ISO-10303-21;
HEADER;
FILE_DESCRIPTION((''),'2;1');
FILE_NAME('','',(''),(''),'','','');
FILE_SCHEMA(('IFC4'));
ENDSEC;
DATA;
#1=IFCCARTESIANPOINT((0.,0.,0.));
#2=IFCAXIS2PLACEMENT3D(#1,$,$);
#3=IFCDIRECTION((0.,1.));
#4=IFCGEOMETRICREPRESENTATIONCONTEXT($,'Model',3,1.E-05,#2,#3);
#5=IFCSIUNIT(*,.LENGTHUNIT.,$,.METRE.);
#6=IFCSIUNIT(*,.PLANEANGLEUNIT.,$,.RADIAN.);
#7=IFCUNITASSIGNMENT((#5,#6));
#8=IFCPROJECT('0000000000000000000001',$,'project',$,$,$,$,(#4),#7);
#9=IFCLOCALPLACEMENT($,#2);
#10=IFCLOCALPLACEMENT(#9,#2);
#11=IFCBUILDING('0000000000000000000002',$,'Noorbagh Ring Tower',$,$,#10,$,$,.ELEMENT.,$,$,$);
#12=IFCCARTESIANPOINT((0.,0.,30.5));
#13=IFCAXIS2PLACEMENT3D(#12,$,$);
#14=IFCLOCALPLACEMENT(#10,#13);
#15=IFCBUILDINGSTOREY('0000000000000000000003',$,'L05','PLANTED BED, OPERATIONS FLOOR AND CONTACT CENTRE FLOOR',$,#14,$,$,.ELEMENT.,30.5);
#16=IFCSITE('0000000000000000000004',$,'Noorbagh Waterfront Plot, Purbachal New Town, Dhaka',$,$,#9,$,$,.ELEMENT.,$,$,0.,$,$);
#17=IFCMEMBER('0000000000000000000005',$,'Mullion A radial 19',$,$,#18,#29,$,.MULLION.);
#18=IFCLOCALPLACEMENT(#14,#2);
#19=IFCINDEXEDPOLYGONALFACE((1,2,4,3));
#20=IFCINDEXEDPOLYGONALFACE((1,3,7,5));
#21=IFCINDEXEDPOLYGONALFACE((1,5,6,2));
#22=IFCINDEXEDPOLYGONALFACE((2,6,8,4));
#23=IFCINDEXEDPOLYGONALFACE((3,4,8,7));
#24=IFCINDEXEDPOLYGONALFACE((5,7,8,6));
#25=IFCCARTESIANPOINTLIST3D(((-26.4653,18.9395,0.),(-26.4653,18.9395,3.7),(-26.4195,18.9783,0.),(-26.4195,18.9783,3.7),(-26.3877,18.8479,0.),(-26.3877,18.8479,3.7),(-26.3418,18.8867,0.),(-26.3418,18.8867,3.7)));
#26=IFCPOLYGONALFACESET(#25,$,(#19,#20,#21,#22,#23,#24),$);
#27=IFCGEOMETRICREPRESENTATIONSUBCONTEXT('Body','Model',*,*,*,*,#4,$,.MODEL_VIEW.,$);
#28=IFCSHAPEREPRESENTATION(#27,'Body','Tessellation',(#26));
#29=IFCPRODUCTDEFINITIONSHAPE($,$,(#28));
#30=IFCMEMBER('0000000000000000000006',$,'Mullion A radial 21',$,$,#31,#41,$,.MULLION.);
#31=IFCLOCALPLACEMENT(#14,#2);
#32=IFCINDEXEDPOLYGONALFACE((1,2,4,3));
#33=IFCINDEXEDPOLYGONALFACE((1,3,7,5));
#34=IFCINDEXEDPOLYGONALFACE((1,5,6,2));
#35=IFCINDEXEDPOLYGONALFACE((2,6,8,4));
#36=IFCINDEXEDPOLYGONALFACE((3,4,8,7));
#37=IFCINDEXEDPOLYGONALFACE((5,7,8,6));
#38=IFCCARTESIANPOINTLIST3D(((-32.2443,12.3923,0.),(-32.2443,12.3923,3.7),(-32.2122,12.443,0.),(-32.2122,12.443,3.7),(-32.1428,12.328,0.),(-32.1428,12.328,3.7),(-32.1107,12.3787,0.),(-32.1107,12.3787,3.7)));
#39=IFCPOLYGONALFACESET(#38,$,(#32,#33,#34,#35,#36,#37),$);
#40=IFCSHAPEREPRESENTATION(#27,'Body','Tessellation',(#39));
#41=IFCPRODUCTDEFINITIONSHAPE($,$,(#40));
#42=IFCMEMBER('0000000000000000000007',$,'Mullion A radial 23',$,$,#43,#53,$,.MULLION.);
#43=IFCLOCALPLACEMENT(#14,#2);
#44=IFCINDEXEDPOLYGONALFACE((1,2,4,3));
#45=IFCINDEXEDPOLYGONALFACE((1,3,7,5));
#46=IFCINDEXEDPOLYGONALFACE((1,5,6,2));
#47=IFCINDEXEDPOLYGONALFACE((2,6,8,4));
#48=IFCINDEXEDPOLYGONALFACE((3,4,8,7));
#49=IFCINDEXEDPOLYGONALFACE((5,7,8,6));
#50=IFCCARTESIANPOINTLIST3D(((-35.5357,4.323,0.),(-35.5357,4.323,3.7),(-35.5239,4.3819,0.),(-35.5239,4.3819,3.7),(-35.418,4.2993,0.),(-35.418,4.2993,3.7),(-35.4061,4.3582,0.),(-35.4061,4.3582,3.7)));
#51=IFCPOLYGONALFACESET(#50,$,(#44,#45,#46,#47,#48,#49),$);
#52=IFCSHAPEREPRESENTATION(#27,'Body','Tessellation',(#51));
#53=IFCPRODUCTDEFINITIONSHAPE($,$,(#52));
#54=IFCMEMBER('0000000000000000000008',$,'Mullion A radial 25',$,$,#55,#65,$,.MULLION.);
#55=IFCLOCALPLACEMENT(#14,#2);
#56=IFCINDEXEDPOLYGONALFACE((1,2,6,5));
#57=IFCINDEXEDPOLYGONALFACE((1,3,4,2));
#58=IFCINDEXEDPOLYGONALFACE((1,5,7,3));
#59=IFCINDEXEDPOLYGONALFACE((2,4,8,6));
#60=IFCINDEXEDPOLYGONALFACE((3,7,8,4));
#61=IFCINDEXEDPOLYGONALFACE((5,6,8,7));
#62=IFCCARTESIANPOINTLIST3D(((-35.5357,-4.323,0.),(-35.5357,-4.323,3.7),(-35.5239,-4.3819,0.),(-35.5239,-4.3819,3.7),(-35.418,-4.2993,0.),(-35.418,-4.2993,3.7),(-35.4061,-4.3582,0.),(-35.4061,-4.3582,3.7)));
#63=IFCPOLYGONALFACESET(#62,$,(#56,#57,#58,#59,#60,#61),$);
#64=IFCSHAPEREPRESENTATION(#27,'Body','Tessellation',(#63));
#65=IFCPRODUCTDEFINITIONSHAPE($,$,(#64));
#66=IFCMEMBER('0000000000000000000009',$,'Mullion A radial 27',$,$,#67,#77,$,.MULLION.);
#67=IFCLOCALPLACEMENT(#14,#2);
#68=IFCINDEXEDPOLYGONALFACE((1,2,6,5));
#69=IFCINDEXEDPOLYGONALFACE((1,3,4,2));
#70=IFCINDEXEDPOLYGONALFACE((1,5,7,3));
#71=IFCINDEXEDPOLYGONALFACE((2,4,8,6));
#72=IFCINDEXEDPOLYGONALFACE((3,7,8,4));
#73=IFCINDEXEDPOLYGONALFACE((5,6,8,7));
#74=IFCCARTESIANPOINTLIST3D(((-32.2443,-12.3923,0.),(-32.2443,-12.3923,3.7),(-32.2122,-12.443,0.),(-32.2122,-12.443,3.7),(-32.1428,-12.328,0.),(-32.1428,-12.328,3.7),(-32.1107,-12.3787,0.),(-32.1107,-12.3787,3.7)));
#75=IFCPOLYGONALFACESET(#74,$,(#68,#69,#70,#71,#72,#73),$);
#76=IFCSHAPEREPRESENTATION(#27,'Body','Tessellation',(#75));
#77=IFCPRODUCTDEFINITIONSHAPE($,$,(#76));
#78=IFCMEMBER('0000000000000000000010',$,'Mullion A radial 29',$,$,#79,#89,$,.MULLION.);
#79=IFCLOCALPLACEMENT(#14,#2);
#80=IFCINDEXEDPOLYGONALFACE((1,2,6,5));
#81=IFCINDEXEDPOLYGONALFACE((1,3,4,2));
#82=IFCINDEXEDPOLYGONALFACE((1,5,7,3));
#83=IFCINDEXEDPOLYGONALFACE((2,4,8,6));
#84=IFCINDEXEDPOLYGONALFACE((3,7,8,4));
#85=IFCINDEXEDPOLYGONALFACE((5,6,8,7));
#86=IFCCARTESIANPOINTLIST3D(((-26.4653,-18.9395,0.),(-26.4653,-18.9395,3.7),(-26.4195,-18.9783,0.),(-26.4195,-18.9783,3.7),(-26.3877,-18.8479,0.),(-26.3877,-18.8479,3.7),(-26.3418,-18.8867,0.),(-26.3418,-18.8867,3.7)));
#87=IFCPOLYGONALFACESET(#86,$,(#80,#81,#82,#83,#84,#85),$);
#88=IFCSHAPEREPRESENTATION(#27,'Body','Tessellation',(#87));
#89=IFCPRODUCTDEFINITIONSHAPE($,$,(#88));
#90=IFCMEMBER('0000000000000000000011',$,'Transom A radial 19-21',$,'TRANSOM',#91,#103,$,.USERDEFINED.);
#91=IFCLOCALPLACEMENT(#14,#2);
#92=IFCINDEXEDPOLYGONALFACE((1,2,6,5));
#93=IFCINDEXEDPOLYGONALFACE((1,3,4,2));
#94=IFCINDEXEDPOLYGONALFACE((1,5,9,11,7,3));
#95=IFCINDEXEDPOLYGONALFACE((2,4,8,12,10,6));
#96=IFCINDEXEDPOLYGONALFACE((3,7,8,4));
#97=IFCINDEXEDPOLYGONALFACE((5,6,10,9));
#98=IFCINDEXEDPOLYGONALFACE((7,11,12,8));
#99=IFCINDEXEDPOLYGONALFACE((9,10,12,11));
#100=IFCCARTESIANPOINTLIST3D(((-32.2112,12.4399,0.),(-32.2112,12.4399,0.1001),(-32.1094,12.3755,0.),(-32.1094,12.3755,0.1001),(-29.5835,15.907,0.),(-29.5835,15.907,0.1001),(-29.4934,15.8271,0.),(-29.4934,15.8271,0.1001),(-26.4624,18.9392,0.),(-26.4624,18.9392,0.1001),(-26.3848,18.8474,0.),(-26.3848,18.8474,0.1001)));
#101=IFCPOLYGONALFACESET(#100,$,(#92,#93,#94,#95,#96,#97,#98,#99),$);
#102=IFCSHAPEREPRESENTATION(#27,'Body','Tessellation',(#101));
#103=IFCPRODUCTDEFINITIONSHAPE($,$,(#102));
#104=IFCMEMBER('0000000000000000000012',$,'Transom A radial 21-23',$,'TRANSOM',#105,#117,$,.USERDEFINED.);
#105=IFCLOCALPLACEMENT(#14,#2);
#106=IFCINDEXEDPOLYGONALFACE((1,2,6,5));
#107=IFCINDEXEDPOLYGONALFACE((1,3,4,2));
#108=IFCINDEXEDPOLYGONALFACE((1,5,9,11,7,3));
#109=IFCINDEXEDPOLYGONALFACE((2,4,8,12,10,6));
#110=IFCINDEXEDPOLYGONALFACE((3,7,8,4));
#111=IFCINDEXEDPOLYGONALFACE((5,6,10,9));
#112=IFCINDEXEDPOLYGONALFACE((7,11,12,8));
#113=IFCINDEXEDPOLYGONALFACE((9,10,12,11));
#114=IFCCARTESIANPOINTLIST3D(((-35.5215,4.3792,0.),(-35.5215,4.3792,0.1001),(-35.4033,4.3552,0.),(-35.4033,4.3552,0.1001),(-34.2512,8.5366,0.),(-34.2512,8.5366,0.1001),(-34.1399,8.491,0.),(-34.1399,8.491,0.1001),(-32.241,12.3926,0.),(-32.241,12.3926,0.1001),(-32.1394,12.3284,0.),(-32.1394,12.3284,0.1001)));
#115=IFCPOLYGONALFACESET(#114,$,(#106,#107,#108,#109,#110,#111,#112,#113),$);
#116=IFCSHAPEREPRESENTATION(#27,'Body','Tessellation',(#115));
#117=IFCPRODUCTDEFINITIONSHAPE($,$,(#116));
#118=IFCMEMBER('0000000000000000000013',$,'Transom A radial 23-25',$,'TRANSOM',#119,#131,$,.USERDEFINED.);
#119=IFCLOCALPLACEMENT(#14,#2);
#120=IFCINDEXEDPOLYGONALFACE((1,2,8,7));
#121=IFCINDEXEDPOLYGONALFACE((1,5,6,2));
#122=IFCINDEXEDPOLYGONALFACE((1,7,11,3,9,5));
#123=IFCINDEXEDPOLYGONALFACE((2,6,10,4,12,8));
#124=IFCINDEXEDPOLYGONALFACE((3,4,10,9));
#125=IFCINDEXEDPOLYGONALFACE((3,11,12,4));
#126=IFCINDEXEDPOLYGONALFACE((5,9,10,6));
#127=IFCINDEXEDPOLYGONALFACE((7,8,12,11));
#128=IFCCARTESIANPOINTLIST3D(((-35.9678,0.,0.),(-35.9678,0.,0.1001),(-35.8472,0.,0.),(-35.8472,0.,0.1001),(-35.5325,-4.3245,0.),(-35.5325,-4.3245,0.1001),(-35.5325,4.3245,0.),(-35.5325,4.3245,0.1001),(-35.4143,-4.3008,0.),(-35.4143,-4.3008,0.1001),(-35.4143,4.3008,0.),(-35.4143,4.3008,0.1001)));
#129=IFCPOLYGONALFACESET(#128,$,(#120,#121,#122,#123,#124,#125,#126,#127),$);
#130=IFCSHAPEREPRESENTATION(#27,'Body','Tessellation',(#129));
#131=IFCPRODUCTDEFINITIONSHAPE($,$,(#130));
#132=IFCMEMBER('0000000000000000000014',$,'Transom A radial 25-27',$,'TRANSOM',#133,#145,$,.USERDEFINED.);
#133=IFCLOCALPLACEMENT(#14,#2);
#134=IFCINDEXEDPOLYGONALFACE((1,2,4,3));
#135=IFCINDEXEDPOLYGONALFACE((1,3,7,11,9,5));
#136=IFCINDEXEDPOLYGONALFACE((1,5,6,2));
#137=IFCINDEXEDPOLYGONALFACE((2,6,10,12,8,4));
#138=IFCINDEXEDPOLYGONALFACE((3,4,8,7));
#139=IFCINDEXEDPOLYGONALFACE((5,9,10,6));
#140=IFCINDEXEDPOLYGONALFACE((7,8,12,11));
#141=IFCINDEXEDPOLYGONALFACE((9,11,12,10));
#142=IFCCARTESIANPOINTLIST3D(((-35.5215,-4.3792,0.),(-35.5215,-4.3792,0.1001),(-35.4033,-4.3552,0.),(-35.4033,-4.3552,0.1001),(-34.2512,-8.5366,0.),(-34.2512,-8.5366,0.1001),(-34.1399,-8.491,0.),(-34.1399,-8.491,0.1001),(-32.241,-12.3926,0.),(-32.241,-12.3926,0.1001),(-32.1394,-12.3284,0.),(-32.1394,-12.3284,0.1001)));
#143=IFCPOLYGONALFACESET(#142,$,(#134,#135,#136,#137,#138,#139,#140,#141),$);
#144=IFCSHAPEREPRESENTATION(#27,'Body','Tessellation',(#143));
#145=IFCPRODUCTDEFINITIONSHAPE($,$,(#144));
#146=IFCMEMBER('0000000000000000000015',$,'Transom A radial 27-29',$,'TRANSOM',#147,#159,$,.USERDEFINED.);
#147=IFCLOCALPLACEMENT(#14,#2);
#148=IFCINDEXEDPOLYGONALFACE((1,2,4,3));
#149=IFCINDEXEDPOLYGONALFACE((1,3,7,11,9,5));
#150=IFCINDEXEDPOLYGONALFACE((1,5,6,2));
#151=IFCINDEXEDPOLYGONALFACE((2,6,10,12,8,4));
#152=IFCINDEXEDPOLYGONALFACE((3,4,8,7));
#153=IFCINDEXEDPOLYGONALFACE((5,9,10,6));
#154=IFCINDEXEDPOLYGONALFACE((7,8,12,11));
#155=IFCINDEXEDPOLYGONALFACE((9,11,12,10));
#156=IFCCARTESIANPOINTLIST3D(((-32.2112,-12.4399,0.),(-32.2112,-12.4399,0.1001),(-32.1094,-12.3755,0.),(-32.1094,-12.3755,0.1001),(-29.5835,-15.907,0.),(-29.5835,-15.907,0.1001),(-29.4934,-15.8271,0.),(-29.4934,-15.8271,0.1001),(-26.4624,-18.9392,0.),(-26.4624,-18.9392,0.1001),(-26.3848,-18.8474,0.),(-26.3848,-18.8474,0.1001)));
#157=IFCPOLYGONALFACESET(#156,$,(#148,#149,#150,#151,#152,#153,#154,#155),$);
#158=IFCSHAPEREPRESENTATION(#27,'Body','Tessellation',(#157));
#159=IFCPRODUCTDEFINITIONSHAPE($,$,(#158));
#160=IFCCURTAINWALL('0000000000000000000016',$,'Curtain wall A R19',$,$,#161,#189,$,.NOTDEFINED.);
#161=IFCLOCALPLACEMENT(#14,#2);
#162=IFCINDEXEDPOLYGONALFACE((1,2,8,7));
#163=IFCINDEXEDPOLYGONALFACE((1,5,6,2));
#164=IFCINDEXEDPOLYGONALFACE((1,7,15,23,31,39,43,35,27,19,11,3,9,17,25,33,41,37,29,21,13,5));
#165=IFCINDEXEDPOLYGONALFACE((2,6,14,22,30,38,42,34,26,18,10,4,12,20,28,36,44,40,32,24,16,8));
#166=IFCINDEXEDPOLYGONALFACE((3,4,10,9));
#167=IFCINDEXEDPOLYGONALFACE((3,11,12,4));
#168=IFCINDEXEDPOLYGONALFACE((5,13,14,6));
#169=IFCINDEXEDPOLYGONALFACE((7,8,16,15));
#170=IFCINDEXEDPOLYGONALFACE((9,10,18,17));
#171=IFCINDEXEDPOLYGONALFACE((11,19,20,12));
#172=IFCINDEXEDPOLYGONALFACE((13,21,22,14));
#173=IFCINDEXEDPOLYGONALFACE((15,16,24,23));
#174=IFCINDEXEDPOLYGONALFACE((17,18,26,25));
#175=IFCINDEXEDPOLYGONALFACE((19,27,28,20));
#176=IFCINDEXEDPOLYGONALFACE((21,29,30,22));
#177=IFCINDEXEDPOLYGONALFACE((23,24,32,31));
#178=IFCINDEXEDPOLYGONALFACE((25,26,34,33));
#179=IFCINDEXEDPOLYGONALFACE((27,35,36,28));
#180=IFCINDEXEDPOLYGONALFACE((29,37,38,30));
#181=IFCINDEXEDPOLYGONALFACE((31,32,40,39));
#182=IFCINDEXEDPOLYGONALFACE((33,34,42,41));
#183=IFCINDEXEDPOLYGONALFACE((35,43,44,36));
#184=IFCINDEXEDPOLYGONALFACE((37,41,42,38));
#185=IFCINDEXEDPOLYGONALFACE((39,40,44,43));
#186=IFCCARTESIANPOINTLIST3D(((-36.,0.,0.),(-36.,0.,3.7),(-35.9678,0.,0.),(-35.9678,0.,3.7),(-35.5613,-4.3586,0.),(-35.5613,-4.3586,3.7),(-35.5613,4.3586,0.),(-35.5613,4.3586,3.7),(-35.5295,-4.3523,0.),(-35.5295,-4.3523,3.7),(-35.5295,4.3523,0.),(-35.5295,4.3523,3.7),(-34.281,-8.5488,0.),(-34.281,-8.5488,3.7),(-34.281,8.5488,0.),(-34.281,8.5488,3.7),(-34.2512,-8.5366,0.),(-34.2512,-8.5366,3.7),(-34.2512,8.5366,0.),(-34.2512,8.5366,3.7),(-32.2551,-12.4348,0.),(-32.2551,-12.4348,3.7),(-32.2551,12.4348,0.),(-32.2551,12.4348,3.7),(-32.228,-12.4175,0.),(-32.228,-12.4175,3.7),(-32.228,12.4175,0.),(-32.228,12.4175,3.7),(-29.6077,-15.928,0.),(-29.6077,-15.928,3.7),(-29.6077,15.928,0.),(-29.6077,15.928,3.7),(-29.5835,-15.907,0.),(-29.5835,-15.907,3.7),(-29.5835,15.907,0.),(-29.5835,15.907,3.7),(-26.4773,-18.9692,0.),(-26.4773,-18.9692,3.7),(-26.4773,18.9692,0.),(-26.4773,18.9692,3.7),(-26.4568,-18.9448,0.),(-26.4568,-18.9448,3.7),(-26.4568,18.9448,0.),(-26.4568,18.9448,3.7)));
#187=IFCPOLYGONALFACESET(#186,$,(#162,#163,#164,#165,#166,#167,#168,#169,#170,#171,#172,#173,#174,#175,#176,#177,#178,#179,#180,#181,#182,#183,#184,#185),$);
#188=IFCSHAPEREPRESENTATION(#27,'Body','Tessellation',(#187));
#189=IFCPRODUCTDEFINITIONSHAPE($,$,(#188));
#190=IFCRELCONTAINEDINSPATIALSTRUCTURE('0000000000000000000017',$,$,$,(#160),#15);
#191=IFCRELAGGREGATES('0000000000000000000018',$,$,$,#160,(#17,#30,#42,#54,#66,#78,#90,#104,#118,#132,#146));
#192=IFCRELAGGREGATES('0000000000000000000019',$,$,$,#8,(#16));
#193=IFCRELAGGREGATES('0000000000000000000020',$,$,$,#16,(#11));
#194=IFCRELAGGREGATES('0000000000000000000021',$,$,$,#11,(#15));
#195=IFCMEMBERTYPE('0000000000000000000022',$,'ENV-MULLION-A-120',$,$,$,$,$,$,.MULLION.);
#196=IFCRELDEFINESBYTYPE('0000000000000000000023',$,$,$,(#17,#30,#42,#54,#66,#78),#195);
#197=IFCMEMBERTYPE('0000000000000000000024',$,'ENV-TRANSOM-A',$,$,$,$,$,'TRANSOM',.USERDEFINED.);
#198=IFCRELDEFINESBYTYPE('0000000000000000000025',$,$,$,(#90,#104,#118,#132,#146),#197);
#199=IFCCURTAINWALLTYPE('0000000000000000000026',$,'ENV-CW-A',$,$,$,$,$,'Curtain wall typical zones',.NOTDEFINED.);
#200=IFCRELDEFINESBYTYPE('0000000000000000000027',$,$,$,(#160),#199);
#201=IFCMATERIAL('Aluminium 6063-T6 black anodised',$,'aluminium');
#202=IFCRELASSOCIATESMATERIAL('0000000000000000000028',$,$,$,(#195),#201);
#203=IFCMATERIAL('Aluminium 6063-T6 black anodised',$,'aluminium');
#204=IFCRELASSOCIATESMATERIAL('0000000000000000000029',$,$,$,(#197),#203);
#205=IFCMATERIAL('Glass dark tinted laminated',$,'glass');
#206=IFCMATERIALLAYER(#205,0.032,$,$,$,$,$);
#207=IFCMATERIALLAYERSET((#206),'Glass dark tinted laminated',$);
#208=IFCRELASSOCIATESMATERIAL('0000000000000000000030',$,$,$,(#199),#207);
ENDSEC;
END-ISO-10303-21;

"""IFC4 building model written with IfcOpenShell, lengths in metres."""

from ifc_helpers import new_model, si_unit, direction, frame, origin, origin_2d, place, context, subcontext, project, spatial, polyline, rectangle, outline, extrude, material, layer, layer_set, material_profile, profile_set, type_object, element, aggregate, save


model = new_model("IFC4")

# Units and contexts
model_context = context("Model", 3, precision=1e-05, world=origin(), true_north=direction((0.0, 1.0)))
body_context = subcontext(model_context, "Body", "Model", "MODEL_VIEW")
ifc_project = project(units=[si_unit("LENGTHUNIT", "METRE"), si_unit("PLANEANGLEUNIT", "RADIAN")], contexts=[model_context])

# Members
ifc_material_1 = material(Name="Aluminium 6063-T6 black anodised", Category="aluminium")
ifc_material_profile = material_profile(ifc_material_1, rectangle(XDim=0.1201, YDim=0.0601, at=origin_2d()), Name="120x60")
ifc_profile_set = profile_set([ifc_material_profile], Name="Aluminium 6063-T6 black anodised")
member_type_1 = type_object("IfcMemberType", Name="ENV-MULLION-A-120", PredefinedType="MULLION", material=ifc_profile_set)
site_placement = place(None, origin())
building_placement = place(site_placement, origin())
storey_placement = place(building_placement, frame((0.0, 0.0, 30.5)))
member_1_placement = place(storey_placement, frame((-26.4036, 18.9131, 0.0), z_axis=(0.0, 0.0, 1.0), x_axis=(0.646451, -0.762955, 0.0)))
member_1 = element("IfcMember", 1, at=member_1_placement, type_object=member_type_1, Name="Mullion A radial 19", PredefinedType="MULLION", context=body_context, shape_type="SweptSolid", body=[
    extrude(rectangle(XDim=0.1201, YDim=0.0601, at=origin_2d()), origin(), (0.0, 0.0, 1.0), 3.7),
])
member_2_placement = place(storey_placement, frame((-32.1775, 12.3855, 0.0), z_axis=(0.0, 0.0, 1.0), x_axis=(0.84483, -0.535035, 0.0)))
member_2 = element("IfcMember", 2, at=member_2_placement, type_object=member_type_1, Name="Mullion A radial 21", PredefinedType="MULLION", context=body_context, shape_type="SweptSolid", body=[
    extrude(rectangle(XDim=0.1201, YDim=0.0601, at=origin_2d()), origin(), (0.0, 0.0, 1.0), 3.7),
])
member_3_placement = place(storey_placement, frame((-35.4709, 4.3406, 0.0), z_axis=(0.0, 0.0, 1.0), x_axis=(0.980379, -0.197121, 0.0)))
member_3 = element("IfcMember", 3, at=member_3_placement, type_object=member_type_1, Name="Mullion A radial 23", PredefinedType="MULLION", context=body_context, shape_type="SweptSolid", body=[
    extrude(rectangle(XDim=0.1201, YDim=0.0601, at=origin_2d()), origin(), (0.0, 0.0, 1.0), 3.7),
])
member_4_placement = place(storey_placement, frame((-35.4709, -4.3406, 0.0), z_axis=(0.0, 0.0, 1.0), x_axis=(0.980379, 0.197121, 0.0)))
member_4 = element("IfcMember", 4, at=member_4_placement, type_object=member_type_1, Name="Mullion A radial 25", PredefinedType="MULLION", context=body_context, shape_type="SweptSolid", body=[
    extrude(rectangle(XDim=0.1201, YDim=0.0601, at=origin_2d()), origin(), (0.0, 0.0, 1.0), 3.7),
])
member_5_placement = place(storey_placement, frame((-32.1775, -12.3855, 0.0), z_axis=(0.0, 0.0, 1.0), x_axis=(0.84483, 0.535035, 0.0)))
member_5 = element("IfcMember", 5, at=member_5_placement, type_object=member_type_1, Name="Mullion A radial 27", PredefinedType="MULLION", context=body_context, shape_type="SweptSolid", body=[
    extrude(rectangle(XDim=0.1201, YDim=0.0601, at=origin_2d()), origin(), (0.0, 0.0, 1.0), 3.7),
])
member_6_placement = place(storey_placement, frame((-26.4036, -18.9131, 0.0), z_axis=(0.0, 0.0, 1.0), x_axis=(0.646451, 0.762955, 0.0)))
member_6 = element("IfcMember", 6, at=member_6_placement, type_object=member_type_1, Name="Mullion A radial 29", PredefinedType="MULLION", context=body_context, shape_type="SweptSolid", body=[
    extrude(rectangle(XDim=0.1201, YDim=0.0601, at=origin_2d()), origin(), (0.0, 0.0, 1.0), 3.7),
])
ifc_material_2 = material(Name="Aluminium 6063-T6 black anodised", Category="aluminium")
member_type_2 = type_object("IfcMemberType", Name="ENV-TRANSOM-A", ElementType="TRANSOM", PredefinedType="USERDEFINED", material=ifc_material_2)
member_7_placement = place(storey_placement, origin())
member_7 = element("IfcMember", 7, at=member_7_placement, type_object=member_type_2, Name="Transom A radial 19-21", ObjectType="TRANSOM", PredefinedType="USERDEFINED", context=body_context, shape_type="SweptSolid", body=[
    extrude(outline(polyline([(-26.4624, 18.9392), (-29.5835, 15.907), (-32.2112, 12.4399), (-32.1094, 12.3755), (-29.4934, 15.8271), (-26.3848, 18.8474), (-26.4624, 18.9392)])), origin(), (0.0, 0.0, 1.0), 0.1001),
])
member_8_placement = place(storey_placement, origin())
member_8 = element("IfcMember", 8, at=member_8_placement, type_object=member_type_2, Name="Transom A radial 21-23", ObjectType="TRANSOM", PredefinedType="USERDEFINED", context=body_context, shape_type="SweptSolid", body=[
    extrude(outline(polyline([(-32.241, 12.3926), (-34.2512, 8.5366), (-35.5215, 4.3792), (-35.4033, 4.3552), (-34.1399, 8.491), (-32.1394, 12.3284), (-32.241, 12.3926)])), origin(), (0.0, 0.0, 1.0), 0.1001),
])
member_9_placement = place(storey_placement, origin())
member_9 = element("IfcMember", 9, at=member_9_placement, type_object=member_type_2, Name="Transom A radial 23-25", ObjectType="TRANSOM", PredefinedType="USERDEFINED", context=body_context, shape_type="SweptSolid", body=[
    extrude(outline(polyline([(-35.5325, 4.3245), (-35.9678, 0.0), (-35.5325, -4.3245), (-35.4143, -4.3008), (-35.8472, 0.0), (-35.4143, 4.3008), (-35.5325, 4.3245)])), origin(), (0.0, 0.0, 1.0), 0.1001),
])
member_10_placement = place(storey_placement, origin())
member_10 = element("IfcMember", 10, at=member_10_placement, type_object=member_type_2, Name="Transom A radial 25-27", ObjectType="TRANSOM", PredefinedType="USERDEFINED", context=body_context, shape_type="SweptSolid", body=[
    extrude(outline(polyline([(-35.5215, -4.3792), (-34.2512, -8.5366), (-32.241, -12.3926), (-32.1394, -12.3284), (-34.1399, -8.491), (-35.4033, -4.3552), (-35.5215, -4.3792)])), origin(), (0.0, 0.0, 1.0), 0.1001),
])
member_11_placement = place(storey_placement, origin())
member_11 = element("IfcMember", 11, at=member_11_placement, type_object=member_type_2, Name="Transom A radial 27-29", ObjectType="TRANSOM", PredefinedType="USERDEFINED", context=body_context, shape_type="SweptSolid", body=[
    extrude(outline(polyline([(-32.2112, -12.4399), (-29.5835, -15.907), (-26.4624, -18.9392), (-26.3848, -18.8474), (-29.4934, -15.8271), (-32.1094, -12.3755), (-32.2112, -12.4399)])), origin(), (0.0, 0.0, 1.0), 0.1001),
])

# Site, building, storey
site = spatial("IfcSite", under=ifc_project, at=site_placement, Name="Noorbagh Waterfront Plot, Purbachal New Town, Dhaka", CompositionType="ELEMENT", RefElevation=0.0)
building = spatial("IfcBuilding", under=site, at=building_placement, Name="Noorbagh Ring Tower", CompositionType="ELEMENT")
storey = spatial("IfcBuildingStorey", under=building, at=storey_placement, Name="L05", Description="PLANTED BED, OPERATIONS FLOOR AND CONTACT CENTRE FLOOR", CompositionType="ELEMENT", Elevation=30.5)

# Curtain wall
ifc_material_3 = material(Name="Glass dark tinted laminated", Category="glass")
ifc_layer = layer(ifc_material_3, 0.032)
ifc_layer_set = layer_set([ifc_layer], Name="Glass dark tinted laminated")
curtain_wall_type = type_object("IfcCurtainWallType", Name="ENV-CW-A", ElementType="Curtain wall typical zones", PredefinedType="NOTDEFINED", material=ifc_layer_set)
curtain_wall_1_placement = place(storey_placement, origin())
curtain_wall_1 = element("IfcCurtainWall", 12, at=curtain_wall_1_placement, inside=storey, type_object=curtain_wall_type, Name="Curtain wall A R19", PredefinedType="NOTDEFINED", context=body_context, shape_type="SweptSolid", body=[
    extrude(outline(polyline([(-26.4773, 18.9692), (-29.6077, 15.928), (-32.2551, 12.4348), (-34.281, 8.5488), (-35.5613, 4.3586), (-36.0, 0.0), (-35.5613, -4.3586), (-34.281, -8.5488), (-32.2551, -12.4348), (-29.6077, -15.928), (-26.4773, -18.9692), (-26.4568, -18.9448), (-29.5835, -15.907), (-32.228, -12.4175), (-34.2512, -8.5366), (-35.5295, -4.3523), (-35.9678, 0.0), (-35.5295, 4.3523), (-34.2512, 8.5366), (-32.228, 12.4175), (-29.5835, 15.907), (-26.4568, 18.9448), (-26.4773, 18.9692)])), origin(), (0.0, 0.0, 1.0), 3.7),
])
aggregate(curtain_wall_1, [member_1, member_2, member_3, member_4, member_5, member_6, member_7, member_8, member_9, member_10, member_11])

save(model, "model.ifc")
